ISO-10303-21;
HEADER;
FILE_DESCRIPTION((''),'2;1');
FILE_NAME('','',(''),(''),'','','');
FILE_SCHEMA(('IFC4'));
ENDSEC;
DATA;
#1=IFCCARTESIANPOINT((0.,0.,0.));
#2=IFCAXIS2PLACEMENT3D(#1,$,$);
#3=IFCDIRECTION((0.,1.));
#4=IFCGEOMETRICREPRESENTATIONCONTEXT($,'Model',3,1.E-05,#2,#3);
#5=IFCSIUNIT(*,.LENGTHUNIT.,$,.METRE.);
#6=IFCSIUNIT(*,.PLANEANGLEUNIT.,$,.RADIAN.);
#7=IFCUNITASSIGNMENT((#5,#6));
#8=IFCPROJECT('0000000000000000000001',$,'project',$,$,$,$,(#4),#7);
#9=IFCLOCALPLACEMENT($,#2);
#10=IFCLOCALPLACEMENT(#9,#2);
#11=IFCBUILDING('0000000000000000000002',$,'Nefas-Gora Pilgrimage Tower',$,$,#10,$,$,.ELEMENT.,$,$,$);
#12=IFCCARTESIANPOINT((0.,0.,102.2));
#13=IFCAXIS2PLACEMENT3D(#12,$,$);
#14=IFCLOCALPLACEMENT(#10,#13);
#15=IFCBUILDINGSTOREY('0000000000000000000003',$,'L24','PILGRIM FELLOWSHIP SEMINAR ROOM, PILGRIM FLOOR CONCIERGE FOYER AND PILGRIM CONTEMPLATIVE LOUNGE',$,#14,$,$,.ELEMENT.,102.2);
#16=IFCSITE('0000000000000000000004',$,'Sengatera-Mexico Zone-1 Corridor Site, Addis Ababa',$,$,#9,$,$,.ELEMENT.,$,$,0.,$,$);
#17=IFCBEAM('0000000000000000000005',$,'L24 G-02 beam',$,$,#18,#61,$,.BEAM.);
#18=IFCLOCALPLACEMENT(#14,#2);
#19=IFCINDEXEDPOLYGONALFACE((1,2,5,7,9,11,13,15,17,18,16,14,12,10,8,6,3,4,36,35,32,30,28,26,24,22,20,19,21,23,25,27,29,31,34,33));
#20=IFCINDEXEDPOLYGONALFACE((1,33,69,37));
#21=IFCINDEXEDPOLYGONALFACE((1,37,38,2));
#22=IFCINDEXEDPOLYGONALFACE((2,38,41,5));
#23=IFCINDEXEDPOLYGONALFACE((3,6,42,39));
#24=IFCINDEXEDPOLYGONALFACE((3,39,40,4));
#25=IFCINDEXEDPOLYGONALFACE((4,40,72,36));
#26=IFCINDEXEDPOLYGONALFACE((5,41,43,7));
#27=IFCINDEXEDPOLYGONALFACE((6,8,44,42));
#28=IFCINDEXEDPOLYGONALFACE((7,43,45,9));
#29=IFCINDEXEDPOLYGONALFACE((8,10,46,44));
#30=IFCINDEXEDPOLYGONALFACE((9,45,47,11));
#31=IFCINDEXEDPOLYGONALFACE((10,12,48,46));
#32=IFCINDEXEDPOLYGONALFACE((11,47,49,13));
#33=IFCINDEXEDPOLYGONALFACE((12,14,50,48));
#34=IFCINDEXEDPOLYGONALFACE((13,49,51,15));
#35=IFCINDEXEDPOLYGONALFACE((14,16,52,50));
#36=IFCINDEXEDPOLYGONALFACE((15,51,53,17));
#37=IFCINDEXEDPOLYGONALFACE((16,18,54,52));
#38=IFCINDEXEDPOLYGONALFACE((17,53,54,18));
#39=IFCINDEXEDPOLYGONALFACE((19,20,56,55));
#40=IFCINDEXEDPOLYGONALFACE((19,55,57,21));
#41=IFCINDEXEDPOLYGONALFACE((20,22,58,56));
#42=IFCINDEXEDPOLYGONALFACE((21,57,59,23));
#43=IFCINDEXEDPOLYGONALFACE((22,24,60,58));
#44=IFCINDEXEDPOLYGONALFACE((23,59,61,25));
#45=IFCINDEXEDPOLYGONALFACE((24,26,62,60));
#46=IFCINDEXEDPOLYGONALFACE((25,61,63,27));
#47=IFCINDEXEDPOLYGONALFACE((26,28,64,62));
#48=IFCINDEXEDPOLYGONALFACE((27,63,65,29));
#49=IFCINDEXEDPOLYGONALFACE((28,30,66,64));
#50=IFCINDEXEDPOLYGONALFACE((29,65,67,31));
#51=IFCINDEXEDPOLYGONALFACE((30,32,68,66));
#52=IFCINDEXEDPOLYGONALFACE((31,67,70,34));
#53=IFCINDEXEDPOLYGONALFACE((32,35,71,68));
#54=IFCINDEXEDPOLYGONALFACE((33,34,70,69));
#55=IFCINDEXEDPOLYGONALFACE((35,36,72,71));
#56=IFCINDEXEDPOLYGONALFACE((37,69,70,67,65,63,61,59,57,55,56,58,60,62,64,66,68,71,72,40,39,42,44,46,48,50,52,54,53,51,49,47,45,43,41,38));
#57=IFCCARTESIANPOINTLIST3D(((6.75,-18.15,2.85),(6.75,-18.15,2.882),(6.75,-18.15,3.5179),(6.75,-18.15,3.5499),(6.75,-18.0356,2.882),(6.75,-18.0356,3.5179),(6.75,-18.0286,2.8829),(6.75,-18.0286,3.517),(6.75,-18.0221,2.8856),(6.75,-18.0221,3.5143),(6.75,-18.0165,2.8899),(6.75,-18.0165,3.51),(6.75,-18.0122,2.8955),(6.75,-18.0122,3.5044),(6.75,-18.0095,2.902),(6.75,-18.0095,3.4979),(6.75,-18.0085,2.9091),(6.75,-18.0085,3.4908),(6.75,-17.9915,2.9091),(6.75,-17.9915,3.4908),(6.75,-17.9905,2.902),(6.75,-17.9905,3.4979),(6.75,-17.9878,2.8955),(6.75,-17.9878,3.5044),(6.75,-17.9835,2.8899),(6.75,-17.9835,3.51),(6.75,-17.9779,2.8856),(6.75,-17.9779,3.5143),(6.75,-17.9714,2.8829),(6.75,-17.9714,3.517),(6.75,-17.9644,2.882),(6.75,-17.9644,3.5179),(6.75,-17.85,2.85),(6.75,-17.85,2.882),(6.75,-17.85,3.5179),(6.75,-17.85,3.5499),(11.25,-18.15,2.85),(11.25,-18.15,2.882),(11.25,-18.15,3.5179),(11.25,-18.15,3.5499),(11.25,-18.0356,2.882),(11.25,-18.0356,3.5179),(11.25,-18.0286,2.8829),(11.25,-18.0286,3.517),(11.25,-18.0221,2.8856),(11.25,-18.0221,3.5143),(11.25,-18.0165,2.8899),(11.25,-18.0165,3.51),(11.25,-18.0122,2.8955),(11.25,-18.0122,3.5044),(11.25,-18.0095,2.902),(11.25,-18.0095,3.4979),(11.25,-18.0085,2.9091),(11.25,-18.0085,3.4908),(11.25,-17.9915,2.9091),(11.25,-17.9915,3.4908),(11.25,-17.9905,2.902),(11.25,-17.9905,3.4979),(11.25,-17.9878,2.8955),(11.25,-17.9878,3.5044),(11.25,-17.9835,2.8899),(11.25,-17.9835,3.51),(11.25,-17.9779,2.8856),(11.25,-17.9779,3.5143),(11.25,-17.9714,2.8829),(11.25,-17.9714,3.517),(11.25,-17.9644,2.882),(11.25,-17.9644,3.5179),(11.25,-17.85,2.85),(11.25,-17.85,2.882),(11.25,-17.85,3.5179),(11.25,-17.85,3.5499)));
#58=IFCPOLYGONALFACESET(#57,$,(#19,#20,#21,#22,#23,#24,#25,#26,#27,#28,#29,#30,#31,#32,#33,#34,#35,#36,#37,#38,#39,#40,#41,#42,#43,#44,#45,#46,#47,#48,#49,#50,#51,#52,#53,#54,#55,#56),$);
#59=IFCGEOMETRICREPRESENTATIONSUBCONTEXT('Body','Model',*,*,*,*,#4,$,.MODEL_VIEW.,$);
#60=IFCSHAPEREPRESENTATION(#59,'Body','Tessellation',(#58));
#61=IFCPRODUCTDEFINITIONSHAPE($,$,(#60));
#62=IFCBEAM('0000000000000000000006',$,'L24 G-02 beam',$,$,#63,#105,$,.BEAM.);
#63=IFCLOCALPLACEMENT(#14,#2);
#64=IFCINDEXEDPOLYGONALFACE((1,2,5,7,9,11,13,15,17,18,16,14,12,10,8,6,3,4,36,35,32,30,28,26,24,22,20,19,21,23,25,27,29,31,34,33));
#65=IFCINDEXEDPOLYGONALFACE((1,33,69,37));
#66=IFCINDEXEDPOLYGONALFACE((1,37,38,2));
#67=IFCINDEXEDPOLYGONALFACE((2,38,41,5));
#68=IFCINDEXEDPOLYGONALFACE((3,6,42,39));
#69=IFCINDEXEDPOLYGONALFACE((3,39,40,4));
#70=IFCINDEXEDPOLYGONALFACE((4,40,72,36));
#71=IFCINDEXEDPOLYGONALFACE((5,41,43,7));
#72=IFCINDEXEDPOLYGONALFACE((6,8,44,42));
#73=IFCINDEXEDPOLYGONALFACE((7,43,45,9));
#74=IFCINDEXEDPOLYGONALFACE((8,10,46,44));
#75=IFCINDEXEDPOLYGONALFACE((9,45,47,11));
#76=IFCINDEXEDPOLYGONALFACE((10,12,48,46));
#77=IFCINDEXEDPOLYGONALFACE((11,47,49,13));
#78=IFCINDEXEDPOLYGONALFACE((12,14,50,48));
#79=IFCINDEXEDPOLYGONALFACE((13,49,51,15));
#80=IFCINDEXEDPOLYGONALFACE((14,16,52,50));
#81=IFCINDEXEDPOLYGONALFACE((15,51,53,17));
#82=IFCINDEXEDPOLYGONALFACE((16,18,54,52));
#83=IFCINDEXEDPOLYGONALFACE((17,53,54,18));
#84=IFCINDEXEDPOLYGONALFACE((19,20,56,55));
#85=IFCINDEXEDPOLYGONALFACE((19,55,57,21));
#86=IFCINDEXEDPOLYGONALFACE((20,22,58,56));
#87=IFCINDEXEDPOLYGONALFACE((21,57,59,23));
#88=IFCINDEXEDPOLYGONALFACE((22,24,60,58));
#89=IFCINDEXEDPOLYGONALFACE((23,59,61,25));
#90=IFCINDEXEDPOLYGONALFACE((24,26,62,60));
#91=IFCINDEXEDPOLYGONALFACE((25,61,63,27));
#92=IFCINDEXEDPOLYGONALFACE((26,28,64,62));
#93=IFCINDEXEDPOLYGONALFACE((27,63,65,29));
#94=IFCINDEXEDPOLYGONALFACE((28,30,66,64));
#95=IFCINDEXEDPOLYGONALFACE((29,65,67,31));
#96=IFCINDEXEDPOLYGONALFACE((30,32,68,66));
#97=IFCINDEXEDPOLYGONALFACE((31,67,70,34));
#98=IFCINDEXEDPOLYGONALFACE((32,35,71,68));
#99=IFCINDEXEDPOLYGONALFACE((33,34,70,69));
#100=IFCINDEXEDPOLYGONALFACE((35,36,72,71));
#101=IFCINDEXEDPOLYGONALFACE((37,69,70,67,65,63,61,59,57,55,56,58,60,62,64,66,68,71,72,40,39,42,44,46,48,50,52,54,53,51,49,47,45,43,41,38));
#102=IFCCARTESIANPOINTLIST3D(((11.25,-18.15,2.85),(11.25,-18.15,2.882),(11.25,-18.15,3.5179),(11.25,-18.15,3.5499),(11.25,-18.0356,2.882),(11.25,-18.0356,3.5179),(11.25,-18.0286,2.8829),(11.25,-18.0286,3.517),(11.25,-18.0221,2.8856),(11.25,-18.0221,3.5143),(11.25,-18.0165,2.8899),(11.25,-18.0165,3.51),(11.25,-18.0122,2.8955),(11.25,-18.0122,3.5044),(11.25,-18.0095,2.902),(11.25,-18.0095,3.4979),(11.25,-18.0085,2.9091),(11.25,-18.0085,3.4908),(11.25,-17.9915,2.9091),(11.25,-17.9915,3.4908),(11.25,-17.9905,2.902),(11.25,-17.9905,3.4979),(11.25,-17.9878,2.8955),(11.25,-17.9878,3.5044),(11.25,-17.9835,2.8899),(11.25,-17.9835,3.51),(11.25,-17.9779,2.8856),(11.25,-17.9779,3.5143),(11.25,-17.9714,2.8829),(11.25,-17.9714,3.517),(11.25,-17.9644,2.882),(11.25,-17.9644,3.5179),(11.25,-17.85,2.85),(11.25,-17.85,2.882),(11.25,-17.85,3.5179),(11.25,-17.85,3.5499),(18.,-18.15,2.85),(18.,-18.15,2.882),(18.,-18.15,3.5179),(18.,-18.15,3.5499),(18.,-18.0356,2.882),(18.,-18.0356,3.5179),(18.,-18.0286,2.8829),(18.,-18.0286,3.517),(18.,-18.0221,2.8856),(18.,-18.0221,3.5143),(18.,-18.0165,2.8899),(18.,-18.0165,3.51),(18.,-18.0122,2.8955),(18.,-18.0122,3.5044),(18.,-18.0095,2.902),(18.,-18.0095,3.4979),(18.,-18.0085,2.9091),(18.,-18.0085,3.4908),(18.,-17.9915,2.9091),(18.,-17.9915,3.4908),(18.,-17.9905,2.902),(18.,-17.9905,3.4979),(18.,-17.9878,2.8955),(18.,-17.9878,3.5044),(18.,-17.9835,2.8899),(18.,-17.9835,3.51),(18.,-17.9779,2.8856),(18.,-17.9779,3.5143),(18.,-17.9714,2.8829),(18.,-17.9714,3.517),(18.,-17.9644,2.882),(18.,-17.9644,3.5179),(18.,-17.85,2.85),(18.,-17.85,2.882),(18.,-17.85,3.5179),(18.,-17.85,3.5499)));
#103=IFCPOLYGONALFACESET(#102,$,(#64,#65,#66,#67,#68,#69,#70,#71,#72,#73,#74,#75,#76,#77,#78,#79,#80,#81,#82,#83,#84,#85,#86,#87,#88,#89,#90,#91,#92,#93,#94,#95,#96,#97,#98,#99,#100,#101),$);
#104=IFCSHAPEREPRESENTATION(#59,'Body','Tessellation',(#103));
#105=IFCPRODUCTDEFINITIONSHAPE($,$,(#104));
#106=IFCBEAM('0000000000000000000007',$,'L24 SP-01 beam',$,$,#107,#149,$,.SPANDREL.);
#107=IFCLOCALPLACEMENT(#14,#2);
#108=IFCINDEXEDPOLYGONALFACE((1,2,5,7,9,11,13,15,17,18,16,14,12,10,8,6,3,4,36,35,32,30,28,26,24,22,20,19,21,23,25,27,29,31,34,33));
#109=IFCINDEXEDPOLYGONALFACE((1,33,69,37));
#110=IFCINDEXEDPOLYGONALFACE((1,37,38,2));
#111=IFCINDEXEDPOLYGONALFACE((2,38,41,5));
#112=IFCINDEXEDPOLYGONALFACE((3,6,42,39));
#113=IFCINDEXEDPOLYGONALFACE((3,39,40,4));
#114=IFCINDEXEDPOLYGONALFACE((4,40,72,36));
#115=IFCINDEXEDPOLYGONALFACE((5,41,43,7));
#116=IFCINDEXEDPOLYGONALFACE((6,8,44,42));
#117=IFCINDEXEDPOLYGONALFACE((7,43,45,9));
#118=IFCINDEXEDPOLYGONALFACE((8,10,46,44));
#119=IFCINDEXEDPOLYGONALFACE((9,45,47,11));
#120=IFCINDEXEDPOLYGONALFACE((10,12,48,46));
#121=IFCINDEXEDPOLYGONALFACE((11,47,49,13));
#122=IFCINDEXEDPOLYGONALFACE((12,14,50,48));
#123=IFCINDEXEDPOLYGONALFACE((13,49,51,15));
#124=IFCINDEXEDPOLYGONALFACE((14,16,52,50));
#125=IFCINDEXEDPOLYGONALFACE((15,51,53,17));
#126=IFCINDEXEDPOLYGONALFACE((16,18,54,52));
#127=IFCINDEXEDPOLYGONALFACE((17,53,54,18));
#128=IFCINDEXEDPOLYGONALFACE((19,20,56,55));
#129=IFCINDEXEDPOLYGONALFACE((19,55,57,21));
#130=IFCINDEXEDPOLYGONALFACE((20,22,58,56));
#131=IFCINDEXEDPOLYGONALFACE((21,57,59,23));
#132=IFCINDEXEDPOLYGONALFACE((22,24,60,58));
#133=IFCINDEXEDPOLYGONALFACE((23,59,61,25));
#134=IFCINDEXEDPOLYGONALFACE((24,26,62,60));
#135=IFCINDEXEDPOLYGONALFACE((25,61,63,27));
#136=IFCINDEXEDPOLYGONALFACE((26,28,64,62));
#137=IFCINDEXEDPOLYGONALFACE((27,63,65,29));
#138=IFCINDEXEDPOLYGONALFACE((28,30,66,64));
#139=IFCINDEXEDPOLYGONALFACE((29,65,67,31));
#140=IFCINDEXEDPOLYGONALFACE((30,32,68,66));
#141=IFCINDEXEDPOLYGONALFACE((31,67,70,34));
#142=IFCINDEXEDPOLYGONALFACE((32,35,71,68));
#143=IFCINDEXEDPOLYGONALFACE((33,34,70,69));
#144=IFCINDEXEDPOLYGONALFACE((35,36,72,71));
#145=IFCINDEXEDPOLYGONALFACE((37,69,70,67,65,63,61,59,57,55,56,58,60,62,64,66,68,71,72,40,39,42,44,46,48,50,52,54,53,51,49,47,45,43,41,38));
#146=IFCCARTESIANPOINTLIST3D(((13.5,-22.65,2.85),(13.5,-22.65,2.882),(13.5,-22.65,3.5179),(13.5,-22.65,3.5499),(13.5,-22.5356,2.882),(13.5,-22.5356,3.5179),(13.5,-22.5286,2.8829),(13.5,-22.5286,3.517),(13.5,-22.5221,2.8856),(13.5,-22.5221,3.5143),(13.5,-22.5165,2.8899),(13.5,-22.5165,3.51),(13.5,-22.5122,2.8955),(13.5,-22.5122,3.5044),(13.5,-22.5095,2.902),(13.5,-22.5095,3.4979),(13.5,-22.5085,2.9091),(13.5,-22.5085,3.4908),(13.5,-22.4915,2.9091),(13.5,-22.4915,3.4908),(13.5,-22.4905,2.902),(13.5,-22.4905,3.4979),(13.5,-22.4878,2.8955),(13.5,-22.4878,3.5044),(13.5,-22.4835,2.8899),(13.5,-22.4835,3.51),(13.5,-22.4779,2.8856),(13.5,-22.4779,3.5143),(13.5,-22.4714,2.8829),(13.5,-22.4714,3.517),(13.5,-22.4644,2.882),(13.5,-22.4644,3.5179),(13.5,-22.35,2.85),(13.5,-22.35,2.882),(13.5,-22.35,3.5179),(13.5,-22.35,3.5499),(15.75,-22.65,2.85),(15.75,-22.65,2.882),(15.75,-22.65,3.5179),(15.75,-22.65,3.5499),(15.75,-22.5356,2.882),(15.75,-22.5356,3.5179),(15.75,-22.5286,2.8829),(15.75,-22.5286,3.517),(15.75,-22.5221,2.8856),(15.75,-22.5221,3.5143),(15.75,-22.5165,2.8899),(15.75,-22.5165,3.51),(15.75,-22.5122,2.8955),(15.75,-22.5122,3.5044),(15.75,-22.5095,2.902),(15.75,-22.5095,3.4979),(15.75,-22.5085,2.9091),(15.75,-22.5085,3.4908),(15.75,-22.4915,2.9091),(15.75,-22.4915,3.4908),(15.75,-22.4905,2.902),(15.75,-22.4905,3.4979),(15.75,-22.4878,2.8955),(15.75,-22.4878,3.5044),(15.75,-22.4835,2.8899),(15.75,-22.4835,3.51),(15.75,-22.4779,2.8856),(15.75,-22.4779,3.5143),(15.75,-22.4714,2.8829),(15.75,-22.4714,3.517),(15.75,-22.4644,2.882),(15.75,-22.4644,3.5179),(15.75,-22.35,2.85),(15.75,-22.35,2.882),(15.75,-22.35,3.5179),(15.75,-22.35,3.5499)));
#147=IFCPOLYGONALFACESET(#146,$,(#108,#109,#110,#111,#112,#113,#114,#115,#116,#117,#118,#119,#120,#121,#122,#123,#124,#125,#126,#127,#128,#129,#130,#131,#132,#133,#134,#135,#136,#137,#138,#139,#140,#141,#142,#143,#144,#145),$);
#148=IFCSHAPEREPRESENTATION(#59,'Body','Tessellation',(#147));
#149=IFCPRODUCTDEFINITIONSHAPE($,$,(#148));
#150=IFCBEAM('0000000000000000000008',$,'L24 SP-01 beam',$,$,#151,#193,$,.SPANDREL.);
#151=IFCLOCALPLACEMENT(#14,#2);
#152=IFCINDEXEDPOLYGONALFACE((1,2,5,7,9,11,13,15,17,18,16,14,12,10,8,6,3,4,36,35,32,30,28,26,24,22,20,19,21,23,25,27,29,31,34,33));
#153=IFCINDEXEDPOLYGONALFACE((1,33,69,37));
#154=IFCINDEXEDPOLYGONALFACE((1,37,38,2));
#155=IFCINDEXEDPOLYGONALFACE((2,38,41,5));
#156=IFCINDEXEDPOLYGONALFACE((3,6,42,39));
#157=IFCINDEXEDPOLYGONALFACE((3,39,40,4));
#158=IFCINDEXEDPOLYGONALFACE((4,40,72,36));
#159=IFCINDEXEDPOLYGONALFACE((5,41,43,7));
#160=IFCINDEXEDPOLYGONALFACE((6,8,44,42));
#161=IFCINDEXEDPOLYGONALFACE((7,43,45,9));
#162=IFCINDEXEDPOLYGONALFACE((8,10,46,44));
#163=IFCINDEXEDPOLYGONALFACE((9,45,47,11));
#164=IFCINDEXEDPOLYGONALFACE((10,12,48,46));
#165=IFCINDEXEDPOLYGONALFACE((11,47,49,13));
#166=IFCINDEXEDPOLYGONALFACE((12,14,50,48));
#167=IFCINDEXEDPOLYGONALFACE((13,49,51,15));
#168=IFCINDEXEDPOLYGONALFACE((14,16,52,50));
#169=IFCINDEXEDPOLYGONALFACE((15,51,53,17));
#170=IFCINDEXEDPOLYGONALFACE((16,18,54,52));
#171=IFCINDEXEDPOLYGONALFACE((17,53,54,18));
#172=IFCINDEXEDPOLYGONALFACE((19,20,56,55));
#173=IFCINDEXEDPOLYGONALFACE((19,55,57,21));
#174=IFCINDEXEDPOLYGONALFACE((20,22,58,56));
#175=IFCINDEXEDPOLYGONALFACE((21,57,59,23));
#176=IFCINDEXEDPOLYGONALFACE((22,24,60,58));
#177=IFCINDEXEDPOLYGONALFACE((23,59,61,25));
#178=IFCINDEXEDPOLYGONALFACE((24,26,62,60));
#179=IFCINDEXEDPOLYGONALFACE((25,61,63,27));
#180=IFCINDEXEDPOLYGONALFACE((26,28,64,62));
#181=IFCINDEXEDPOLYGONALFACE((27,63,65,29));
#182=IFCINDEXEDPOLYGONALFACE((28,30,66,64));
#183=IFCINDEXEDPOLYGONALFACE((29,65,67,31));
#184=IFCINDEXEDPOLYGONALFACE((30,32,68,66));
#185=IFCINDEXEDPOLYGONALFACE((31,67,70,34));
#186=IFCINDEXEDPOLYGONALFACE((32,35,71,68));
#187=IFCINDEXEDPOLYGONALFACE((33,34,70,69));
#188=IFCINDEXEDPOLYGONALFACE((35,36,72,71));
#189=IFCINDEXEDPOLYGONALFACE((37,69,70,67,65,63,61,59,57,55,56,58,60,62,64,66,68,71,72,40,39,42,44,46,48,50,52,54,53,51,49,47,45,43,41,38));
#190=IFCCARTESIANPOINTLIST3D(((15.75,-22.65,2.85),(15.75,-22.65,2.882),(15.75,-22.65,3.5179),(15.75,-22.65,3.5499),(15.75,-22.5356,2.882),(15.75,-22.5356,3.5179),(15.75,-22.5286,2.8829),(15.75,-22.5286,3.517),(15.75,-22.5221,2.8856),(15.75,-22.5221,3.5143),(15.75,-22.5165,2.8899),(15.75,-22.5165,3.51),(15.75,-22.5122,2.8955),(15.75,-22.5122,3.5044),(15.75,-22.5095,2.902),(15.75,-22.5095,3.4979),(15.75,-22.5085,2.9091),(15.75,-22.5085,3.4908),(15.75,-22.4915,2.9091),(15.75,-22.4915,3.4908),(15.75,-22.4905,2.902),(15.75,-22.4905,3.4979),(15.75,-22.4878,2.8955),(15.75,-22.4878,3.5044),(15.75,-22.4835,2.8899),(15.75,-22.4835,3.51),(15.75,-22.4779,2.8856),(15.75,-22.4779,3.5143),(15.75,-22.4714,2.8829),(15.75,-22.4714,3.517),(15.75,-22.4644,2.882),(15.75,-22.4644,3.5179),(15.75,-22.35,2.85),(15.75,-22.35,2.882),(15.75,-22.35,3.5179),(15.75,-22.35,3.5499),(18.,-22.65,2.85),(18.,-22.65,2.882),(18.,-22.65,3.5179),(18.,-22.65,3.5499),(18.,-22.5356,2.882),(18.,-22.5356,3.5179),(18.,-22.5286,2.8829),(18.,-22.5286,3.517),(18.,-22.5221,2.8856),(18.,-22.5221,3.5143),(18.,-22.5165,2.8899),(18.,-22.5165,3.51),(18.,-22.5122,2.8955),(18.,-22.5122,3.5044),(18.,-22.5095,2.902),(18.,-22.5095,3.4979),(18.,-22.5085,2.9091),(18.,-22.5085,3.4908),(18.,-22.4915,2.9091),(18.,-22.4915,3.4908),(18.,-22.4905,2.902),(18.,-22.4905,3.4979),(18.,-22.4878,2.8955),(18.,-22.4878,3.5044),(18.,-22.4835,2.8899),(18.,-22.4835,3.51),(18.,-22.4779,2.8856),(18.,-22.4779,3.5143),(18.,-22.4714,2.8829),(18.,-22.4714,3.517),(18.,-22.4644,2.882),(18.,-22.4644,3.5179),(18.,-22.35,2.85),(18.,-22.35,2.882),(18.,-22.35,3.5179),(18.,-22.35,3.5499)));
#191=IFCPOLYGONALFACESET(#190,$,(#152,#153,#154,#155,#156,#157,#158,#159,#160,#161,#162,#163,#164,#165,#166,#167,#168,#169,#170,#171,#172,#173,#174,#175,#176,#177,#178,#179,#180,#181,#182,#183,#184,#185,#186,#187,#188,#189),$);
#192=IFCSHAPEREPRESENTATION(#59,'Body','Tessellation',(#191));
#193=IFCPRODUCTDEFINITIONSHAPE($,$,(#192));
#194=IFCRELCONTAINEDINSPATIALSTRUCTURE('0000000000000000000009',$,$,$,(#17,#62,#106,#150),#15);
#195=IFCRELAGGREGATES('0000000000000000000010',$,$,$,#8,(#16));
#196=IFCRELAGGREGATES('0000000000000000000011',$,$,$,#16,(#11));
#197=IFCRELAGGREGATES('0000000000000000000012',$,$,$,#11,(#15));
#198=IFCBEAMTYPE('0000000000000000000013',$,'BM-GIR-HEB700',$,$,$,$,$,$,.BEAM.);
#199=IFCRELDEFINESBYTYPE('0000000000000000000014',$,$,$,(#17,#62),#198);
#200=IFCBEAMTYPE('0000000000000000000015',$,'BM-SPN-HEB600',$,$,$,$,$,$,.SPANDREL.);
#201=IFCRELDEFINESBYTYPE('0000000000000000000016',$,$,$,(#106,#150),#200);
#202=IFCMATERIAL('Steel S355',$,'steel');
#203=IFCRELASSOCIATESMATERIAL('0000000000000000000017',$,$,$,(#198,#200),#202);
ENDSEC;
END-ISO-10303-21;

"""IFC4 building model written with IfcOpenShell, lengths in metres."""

from ifc_helpers import new_model, si_unit, direction, frame, origin, origin_2d, place, context, subcontext, project, spatial, i_section, extrude, source, transform, mapped, material, material_profile, profile_set, type_object, element, save


model = new_model("IFC4")

# Units and contexts
model_context = context("Model", 3, precision=1e-05, world=origin(), true_north=direction((0.0, 1.0)))
body_context = subcontext(model_context, "Body", "Model", "MODEL_VIEW")
ifc_project = project(units=[si_unit("LENGTHUNIT", "METRE"), si_unit("PLANEANGLEUNIT", "RADIAN")], contexts=[model_context])

# Site, building, storey
site_placement = place(None, origin())
site = spatial("IfcSite", under=ifc_project, at=site_placement, Name="Sengatera-Mexico Zone-1 Corridor Site, Addis Ababa", CompositionType="ELEMENT", RefElevation=0.0)
building_placement = place(site_placement, origin())
building = spatial("IfcBuilding", under=site, at=building_placement, Name="Nefas-Gora Pilgrimage Tower", CompositionType="ELEMENT")
storey_placement = place(building_placement, frame((0.0, 0.0, 102.2)))
storey = spatial("IfcBuildingStorey", under=building, at=storey_placement, Name="L24", Description="PILGRIM FELLOWSHIP SEMINAR ROOM, PILGRIM FLOOR CONCIERGE FOYER AND PILGRIM CONTEMPLATIVE LOUNGE", CompositionType="ELEMENT", Elevation=102.2)

# Beams
ifc_material_1 = material(Name="Steel S355", Category="steel")
ifc_material_profile_1 = material_profile(ifc_material_1, i_section(OverallWidth=0.3, OverallDepth=0.7, WebThickness=0.0171, FlangeThickness=0.032, FilletRadius=0.0271, at=origin_2d()), Name="HEB 700")
ifc_profile_set_1 = profile_set([ifc_material_profile_1], Name="Steel S355")
beam_type_1 = type_object("IfcBeamType", Name="BM-GIR-HEB700", PredefinedType="BEAM", material=ifc_profile_set_1)
shared_shape_1 = source(origin(), body_context, "Body", "SweptSolid", [
    extrude(i_section(OverallWidth=0.3, OverallDepth=0.7, WebThickness=0.0171, FlangeThickness=0.032, FilletRadius=0.0271, at=origin_2d()), origin(), (0.0, 0.0, 1.0), 4.5),
])
for number, where, z_axis, x_axis, name in (
    (1, (6.75, -18.0, 3.2), (1.0, 0.0, 0.0), (0.0, 1.0, 0.0), "L24 G-02 beam"),
):
    element("IfcBeam", number, at=place(storey_placement, frame(where, z_axis=z_axis, x_axis=x_axis)), inside=storey, type_object=beam_type_1, Name=name, PredefinedType="BEAM", context=body_context, shape_type="MappedRepresentation", body=[
        mapped(shared_shape_1, transform((0.0, 0.0, 0.0), x_axis=(1.0, 0.0, 0.0), y_axis=(0.0, 1.0, 0.0), z_axis=(0.0, 0.0, 1.0), scale=1.0)),
    ])
shared_shape_2 = source(origin(), body_context, "Body", "SweptSolid", [
    extrude(i_section(OverallWidth=0.3, OverallDepth=0.7, WebThickness=0.0171, FlangeThickness=0.032, FilletRadius=0.0271, at=origin_2d()), origin(), (0.0, 0.0, 1.0), 6.75),
])
beam_placement = place(storey_placement, frame((11.25, -18.0, 3.2), z_axis=(1.0, 0.0, 0.0), x_axis=(0.0, 1.0, 0.0)))
element("IfcBeam", 2, at=beam_placement, inside=storey, type_object=beam_type_1, Name="L24 G-02 beam", PredefinedType="BEAM", context=body_context, shape_type="MappedRepresentation", body=[
    mapped(shared_shape_2, transform((0.0, 0.0, 0.0), x_axis=(1.0, 0.0, 0.0), y_axis=(0.0, 1.0, 0.0), z_axis=(0.0, 0.0, 1.0), scale=1.0)),
])
ifc_material_profile_2 = material_profile(ifc_material_1, i_section(OverallWidth=0.3, OverallDepth=0.7, WebThickness=0.0171, FlangeThickness=0.032, FilletRadius=0.0271, at=origin_2d()), Name="HEB 700")
ifc_profile_set_2 = profile_set([ifc_material_profile_2], Name="Steel S355")
beam_type_2 = type_object("IfcBeamType", Name="BM-SPN-HEB600", PredefinedType="SPANDREL", material=ifc_profile_set_2)
shared_shape_3 = source(origin(), body_context, "Body", "SweptSolid", [
    extrude(i_section(OverallWidth=0.3, OverallDepth=0.7, WebThickness=0.0171, FlangeThickness=0.032, FilletRadius=0.0271, at=origin_2d()), origin(), (0.0, 0.0, 1.0), 2.25),
])
for number, where, z_axis, x_axis, name in (
    (3, (13.5, -22.5, 3.2), (1.0, 0.0, 0.0), (0.0, 1.0, 0.0), "L24 SP-01 beam"),
    (4, (15.75, -22.5, 3.2), (1.0, 0.0, 0.0), (0.0, 1.0, 0.0), "L24 SP-01 beam"),
):
    element("IfcBeam", number, at=place(storey_placement, frame(where, z_axis=z_axis, x_axis=x_axis)), inside=storey, type_object=beam_type_2, Name=name, PredefinedType="SPANDREL", context=body_context, shape_type="MappedRepresentation", body=[
        mapped(shared_shape_3, transform((0.0, 0.0, 0.0), x_axis=(1.0, 0.0, 0.0), y_axis=(0.0, 1.0, 0.0), z_axis=(0.0, 0.0, 1.0), scale=1.0)),
    ])

save(model, "model.ifc")
